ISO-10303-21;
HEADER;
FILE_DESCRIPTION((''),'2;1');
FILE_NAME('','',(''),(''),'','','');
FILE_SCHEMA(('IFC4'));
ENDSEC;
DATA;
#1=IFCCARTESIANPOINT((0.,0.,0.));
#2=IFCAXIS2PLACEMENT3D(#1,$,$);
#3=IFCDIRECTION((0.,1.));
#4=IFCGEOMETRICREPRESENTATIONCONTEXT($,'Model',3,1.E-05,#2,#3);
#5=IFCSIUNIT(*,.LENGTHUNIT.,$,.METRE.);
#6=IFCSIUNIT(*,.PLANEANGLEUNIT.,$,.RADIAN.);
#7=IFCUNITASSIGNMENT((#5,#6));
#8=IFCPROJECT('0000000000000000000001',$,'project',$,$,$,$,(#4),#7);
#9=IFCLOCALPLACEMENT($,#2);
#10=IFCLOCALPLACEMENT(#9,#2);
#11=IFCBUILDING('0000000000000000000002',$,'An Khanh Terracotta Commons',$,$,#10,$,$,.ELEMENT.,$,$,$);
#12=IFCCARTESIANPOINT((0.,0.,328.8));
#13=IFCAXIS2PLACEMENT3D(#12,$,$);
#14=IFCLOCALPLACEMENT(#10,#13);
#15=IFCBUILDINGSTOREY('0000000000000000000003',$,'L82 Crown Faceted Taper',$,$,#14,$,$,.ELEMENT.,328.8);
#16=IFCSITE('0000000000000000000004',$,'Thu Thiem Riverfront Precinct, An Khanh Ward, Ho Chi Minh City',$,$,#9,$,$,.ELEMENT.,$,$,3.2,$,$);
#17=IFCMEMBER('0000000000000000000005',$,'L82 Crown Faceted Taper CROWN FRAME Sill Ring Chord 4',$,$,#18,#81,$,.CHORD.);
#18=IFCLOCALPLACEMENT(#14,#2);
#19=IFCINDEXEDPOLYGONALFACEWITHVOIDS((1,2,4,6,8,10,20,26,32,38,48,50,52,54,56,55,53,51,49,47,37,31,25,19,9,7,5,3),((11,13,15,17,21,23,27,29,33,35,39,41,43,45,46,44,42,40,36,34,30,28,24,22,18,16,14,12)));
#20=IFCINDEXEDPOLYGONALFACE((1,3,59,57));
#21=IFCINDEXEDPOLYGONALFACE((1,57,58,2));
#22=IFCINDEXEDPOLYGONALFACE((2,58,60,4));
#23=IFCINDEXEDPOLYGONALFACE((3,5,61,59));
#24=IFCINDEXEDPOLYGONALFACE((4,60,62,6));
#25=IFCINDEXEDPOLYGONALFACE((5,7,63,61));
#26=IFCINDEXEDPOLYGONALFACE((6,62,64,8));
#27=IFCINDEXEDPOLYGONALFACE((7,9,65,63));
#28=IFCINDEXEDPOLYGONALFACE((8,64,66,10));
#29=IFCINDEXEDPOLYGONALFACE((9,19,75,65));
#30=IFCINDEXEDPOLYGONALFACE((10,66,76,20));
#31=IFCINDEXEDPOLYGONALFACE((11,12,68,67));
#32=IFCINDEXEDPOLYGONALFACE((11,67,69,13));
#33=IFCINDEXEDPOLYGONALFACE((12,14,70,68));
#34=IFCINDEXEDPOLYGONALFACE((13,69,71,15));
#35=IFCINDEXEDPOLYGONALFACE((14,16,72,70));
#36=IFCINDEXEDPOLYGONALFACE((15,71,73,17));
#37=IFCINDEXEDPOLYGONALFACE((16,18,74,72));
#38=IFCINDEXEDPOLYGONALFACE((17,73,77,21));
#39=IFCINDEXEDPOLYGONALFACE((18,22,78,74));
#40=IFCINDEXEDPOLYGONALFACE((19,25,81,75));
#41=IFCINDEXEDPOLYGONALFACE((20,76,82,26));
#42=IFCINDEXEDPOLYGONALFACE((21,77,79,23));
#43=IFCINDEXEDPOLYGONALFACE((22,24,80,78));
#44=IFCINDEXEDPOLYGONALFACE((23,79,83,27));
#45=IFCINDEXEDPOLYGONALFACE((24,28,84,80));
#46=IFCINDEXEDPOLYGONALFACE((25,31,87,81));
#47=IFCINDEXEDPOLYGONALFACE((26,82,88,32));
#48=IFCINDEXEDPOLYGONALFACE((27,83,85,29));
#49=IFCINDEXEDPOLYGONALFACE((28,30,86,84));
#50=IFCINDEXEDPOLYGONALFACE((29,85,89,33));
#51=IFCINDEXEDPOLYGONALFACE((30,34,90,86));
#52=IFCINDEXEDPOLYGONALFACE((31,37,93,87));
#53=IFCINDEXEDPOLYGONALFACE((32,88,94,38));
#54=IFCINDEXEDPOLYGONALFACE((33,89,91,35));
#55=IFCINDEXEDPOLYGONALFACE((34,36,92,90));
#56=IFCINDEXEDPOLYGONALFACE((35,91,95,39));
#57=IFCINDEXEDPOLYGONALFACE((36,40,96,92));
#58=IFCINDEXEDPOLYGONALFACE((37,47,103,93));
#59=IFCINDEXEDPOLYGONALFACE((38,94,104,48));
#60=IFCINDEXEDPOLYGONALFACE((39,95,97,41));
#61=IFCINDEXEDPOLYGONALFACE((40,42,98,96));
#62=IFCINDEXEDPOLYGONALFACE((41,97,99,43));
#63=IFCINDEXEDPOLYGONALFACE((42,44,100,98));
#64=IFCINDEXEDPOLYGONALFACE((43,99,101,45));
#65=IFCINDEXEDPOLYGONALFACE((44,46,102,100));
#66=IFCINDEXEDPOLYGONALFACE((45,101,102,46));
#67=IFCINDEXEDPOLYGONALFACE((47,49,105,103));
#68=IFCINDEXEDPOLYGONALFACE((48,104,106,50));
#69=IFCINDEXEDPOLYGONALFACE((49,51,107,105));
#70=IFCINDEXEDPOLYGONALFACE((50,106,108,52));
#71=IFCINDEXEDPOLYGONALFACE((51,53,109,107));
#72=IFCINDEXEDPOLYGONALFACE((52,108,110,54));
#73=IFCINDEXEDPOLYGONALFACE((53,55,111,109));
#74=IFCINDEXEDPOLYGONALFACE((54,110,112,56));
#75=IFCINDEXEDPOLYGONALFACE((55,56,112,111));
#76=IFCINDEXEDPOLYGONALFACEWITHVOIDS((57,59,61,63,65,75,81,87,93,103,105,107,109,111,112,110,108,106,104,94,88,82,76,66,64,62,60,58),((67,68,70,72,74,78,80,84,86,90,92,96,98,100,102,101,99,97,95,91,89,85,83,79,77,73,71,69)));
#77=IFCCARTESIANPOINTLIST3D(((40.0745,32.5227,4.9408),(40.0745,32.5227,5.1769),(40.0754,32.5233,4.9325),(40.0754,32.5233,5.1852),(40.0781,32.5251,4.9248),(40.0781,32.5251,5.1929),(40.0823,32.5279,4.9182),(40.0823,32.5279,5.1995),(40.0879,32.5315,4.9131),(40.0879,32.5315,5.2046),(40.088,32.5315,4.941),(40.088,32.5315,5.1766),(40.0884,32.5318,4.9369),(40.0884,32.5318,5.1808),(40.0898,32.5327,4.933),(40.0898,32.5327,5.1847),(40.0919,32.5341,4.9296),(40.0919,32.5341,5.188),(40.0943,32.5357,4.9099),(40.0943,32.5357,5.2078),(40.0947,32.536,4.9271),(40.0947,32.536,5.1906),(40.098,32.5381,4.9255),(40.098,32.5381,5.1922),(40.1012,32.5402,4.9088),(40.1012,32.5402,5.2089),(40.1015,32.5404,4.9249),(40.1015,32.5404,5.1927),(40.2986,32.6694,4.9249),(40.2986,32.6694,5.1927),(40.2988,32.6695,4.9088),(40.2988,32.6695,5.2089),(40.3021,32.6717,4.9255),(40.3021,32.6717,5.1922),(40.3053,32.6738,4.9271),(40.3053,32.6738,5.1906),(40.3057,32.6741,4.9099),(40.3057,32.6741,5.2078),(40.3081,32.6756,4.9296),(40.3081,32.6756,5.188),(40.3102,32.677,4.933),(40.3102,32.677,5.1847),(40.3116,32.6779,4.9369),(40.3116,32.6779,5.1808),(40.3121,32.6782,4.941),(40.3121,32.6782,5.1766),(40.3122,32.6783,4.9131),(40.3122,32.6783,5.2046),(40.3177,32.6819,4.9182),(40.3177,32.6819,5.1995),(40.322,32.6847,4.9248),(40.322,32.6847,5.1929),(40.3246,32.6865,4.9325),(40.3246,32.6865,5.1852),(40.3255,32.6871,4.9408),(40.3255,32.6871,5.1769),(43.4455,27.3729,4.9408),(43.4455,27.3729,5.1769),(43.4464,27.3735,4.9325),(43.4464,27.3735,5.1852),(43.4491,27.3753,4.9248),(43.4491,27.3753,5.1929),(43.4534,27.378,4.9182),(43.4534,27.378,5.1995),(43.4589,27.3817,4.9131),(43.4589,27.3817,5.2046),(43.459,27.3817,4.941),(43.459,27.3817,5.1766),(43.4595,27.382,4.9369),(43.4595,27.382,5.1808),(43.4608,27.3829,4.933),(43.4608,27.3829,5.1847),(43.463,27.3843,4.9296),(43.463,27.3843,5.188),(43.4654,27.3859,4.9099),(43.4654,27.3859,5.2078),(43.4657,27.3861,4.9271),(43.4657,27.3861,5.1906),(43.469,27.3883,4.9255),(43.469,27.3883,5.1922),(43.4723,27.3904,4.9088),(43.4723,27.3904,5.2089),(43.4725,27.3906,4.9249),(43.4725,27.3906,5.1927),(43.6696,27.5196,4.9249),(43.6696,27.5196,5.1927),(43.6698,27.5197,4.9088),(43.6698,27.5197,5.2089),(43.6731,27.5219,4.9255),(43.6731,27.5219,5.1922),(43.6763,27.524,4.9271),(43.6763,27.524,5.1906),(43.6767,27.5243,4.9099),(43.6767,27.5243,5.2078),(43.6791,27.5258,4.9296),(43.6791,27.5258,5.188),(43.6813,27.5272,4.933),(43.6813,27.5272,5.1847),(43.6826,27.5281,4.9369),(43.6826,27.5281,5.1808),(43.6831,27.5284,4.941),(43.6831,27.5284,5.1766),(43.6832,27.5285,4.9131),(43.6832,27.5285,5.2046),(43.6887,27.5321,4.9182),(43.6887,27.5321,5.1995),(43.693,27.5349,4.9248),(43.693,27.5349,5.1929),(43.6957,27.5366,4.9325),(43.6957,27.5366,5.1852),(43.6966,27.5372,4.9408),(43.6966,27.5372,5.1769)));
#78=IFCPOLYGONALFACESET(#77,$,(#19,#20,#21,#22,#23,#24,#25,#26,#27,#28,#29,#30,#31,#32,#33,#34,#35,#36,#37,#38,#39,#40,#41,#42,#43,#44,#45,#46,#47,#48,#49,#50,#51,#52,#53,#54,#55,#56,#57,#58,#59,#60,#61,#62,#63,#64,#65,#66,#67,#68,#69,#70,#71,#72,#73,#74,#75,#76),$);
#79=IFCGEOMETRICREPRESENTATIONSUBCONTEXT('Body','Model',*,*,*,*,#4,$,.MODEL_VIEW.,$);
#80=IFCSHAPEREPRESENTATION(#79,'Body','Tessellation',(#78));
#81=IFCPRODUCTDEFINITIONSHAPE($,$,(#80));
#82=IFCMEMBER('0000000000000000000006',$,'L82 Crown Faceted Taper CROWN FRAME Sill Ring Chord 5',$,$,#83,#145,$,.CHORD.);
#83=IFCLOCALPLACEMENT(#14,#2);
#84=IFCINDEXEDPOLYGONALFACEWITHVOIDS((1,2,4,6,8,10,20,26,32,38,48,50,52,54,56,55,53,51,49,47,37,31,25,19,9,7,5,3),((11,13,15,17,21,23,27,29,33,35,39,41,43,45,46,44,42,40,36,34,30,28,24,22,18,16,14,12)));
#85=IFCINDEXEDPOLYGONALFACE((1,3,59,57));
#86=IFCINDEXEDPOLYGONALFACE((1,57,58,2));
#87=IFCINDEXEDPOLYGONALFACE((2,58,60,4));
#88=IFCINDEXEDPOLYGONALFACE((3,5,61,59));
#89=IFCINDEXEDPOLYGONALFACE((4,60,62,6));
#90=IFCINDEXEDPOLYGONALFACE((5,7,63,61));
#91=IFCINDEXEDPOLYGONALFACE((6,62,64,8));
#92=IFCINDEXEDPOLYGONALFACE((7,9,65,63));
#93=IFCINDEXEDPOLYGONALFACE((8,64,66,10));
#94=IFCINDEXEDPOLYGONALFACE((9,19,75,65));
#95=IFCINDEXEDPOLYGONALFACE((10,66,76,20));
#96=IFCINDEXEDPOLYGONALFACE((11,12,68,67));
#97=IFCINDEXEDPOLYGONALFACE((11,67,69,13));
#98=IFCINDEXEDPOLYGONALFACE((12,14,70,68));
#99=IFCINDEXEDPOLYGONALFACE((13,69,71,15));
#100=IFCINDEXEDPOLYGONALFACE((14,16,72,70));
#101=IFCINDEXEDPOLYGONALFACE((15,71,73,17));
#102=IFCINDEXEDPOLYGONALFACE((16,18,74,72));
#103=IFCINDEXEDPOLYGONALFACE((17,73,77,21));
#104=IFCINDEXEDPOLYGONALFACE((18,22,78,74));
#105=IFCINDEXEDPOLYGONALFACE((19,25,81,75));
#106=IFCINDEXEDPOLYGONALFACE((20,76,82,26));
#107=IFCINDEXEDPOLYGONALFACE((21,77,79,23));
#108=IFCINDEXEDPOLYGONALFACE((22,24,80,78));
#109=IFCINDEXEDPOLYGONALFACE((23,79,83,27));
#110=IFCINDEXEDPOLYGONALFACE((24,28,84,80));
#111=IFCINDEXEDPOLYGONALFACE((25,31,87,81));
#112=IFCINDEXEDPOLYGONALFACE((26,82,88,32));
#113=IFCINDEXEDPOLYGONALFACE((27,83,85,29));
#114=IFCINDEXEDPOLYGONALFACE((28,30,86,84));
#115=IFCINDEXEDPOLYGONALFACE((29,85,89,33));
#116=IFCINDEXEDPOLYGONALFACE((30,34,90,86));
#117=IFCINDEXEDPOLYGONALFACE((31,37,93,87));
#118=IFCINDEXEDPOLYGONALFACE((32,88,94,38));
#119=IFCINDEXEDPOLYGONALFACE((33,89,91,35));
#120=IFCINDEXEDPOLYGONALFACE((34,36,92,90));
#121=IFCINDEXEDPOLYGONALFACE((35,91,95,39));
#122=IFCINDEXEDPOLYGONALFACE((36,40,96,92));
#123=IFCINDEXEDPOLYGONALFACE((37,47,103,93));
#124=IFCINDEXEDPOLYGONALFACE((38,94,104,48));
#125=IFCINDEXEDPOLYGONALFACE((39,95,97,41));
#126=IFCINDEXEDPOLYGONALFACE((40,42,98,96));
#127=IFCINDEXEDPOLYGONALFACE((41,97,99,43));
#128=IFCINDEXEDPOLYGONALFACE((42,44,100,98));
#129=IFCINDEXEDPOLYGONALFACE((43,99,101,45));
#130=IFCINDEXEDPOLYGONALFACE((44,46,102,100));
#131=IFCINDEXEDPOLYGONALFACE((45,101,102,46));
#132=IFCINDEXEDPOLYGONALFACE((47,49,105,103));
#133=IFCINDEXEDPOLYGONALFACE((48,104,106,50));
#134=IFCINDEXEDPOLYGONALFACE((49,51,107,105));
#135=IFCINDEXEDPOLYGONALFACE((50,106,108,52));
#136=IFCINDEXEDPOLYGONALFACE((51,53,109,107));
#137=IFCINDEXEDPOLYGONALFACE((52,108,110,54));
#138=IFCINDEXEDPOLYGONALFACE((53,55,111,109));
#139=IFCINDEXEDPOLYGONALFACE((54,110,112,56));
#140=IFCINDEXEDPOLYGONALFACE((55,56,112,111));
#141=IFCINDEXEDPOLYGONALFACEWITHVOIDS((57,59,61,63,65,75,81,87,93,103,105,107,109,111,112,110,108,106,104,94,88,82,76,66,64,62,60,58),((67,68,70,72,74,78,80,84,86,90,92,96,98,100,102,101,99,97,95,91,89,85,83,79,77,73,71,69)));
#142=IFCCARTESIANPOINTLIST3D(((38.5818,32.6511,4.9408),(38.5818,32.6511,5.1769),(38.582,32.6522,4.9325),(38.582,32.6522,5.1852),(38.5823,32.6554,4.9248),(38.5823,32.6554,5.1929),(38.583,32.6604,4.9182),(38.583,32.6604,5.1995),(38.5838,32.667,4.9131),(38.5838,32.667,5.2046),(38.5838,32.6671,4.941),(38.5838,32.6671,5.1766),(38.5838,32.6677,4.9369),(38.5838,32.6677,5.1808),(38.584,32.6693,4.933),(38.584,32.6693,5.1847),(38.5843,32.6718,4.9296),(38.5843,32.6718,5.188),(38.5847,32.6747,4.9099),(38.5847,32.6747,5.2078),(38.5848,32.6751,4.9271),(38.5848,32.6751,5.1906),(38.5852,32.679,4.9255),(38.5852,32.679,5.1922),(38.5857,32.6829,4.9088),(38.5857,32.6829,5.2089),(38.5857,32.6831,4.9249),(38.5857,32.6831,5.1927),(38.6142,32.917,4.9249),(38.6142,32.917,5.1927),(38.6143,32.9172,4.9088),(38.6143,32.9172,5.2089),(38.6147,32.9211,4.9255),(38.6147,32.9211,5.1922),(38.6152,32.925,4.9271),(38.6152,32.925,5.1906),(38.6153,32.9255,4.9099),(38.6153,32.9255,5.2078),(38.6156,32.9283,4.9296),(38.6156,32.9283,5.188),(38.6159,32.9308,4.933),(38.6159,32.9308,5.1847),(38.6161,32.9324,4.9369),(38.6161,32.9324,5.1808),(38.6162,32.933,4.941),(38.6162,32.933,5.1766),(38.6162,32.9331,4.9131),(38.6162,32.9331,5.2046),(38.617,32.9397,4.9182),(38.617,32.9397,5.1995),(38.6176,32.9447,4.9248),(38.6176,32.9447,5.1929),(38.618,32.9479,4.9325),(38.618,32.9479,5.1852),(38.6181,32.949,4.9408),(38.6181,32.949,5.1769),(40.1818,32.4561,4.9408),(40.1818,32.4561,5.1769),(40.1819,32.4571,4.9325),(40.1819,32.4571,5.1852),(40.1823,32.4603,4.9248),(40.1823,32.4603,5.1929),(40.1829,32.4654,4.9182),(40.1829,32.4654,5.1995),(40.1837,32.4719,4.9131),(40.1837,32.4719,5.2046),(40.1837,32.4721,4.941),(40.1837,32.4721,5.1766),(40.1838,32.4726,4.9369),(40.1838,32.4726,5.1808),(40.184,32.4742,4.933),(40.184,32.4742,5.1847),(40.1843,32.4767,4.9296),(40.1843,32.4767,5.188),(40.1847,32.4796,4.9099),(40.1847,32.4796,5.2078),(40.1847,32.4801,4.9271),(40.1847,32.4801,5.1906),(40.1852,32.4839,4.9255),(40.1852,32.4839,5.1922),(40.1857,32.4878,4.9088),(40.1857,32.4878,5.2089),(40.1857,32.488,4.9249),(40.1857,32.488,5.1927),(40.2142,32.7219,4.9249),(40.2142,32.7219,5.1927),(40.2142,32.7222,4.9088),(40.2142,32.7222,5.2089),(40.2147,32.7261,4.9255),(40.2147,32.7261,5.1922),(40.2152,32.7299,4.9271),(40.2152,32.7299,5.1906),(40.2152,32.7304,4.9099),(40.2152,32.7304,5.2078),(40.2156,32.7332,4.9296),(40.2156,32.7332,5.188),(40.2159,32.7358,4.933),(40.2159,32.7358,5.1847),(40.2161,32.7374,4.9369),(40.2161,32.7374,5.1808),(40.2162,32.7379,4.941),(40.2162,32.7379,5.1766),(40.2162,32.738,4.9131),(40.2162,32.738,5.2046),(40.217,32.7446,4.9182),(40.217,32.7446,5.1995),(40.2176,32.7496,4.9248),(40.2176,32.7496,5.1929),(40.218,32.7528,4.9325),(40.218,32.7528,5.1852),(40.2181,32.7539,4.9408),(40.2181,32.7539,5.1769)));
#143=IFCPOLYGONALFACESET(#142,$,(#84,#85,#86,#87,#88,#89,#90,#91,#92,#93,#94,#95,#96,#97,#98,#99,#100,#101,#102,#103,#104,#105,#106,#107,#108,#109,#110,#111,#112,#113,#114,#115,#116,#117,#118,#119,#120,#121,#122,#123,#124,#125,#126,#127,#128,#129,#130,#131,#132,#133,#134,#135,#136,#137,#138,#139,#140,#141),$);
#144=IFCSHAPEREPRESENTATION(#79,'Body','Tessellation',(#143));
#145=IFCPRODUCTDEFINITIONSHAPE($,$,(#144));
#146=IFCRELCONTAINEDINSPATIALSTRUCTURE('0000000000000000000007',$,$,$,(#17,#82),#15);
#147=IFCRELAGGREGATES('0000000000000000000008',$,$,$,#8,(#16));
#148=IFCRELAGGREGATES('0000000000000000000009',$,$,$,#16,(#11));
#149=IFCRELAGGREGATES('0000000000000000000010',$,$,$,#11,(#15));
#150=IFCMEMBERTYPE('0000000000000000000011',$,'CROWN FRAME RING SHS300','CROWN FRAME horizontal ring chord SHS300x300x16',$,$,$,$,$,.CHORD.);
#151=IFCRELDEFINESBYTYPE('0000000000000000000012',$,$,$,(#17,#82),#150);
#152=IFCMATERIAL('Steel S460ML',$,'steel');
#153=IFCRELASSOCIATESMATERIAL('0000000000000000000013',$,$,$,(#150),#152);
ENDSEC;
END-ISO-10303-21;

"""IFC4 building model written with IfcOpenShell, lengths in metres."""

from ifc_helpers import new_model, si_unit, direction, frame, origin, origin_2d, place, context, subcontext, project, spatial, hollow_rectangle, extrude, material, material_profile, profile_set, type_object, element, save


model = new_model("IFC4")

# Units and contexts
model_context = context("Model", 3, precision=1e-05, world=origin(), true_north=direction((0.0, 1.0)))
body_context = subcontext(model_context, "Body", "Model", "MODEL_VIEW")
ifc_project = project(units=[si_unit("LENGTHUNIT", "METRE"), si_unit("PLANEANGLEUNIT", "RADIAN")], contexts=[model_context])

# Site, building, storey
site_placement = place(None, origin())
site = spatial("IfcSite", under=ifc_project, at=site_placement, Name="Thu Thiem Riverfront Precinct, An Khanh Ward, Ho Chi Minh City", CompositionType="ELEMENT", RefElevation=3.2)
building_placement = place(site_placement, origin())
building = spatial("IfcBuilding", under=site, at=building_placement, Name="An Khanh Terracotta Commons", CompositionType="ELEMENT")
storey_placement = place(building_placement, frame((0.0, 0.0, 328.8)))
storey = spatial("IfcBuildingStorey", under=building, at=storey_placement, Name="L82 Crown Faceted Taper", CompositionType="ELEMENT", Elevation=328.8)

# Members
ifc_material_1 = material(Name="Steel S460ML", Category="steel")
ifc_material_profile_1 = material_profile(ifc_material_1, hollow_rectangle(XDim=0.3, YDim=0.3, WallThickness=0.0161, InnerFilletRadius=0.0161, OuterFilletRadius=0.032, at=origin_2d()), Name="SHS300x300x16")
ifc_profile_set_1 = profile_set([ifc_material_profile_1], Name="Steel S460ML")
member_type_1 = type_object("IfcMemberType", Name="CROWN FRAME RING SHS300", Description="CROWN FRAME horizontal ring chord SHS300x300x16", PredefinedType="CHORD", material=ifc_profile_set_1)
member_1_placement = place(storey_placement, frame((43.571, 27.4551, 5.0588), z_axis=(-0.547687, 0.836683, 0.0), x_axis=(-0.836683, -0.547687, 0.0)))
element("IfcMember", 1, at=member_1_placement, inside=storey, type_object=member_type_1, Name="L82 Crown Faceted Taper CROWN FRAME Sill Ring Chord 4", PredefinedType="CHORD", context=body_context, shape_type="SweptSolid", body=[
    extrude(hollow_rectangle(XDim=0.3, YDim=0.3, WallThickness=0.0161, InnerFilletRadius=0.0161, OuterFilletRadius=0.032, at=origin_2d()), origin(), (0.0, 0.0, 1.0), 6.155),
])
member_2_placement = place(storey_placement, frame((40.2, 32.605, 5.0588), z_axis=(-0.992649, 0.121033, 0.0), x_axis=(-0.121033, -0.992649, 0.0)))
element("IfcMember", 2, at=member_2_placement, inside=storey, type_object=member_type_1, Name="L82 Crown Faceted Taper CROWN FRAME Sill Ring Chord 5", PredefinedType="CHORD", context=body_context, shape_type="SweptSolid", body=[
    extrude(hollow_rectangle(XDim=0.3, YDim=0.3, WallThickness=0.0161, InnerFilletRadius=0.0161, OuterFilletRadius=0.032, at=origin_2d()), origin(), (0.0, 0.0, 1.0), 1.6118),
])

save(model, "model.ifc")
